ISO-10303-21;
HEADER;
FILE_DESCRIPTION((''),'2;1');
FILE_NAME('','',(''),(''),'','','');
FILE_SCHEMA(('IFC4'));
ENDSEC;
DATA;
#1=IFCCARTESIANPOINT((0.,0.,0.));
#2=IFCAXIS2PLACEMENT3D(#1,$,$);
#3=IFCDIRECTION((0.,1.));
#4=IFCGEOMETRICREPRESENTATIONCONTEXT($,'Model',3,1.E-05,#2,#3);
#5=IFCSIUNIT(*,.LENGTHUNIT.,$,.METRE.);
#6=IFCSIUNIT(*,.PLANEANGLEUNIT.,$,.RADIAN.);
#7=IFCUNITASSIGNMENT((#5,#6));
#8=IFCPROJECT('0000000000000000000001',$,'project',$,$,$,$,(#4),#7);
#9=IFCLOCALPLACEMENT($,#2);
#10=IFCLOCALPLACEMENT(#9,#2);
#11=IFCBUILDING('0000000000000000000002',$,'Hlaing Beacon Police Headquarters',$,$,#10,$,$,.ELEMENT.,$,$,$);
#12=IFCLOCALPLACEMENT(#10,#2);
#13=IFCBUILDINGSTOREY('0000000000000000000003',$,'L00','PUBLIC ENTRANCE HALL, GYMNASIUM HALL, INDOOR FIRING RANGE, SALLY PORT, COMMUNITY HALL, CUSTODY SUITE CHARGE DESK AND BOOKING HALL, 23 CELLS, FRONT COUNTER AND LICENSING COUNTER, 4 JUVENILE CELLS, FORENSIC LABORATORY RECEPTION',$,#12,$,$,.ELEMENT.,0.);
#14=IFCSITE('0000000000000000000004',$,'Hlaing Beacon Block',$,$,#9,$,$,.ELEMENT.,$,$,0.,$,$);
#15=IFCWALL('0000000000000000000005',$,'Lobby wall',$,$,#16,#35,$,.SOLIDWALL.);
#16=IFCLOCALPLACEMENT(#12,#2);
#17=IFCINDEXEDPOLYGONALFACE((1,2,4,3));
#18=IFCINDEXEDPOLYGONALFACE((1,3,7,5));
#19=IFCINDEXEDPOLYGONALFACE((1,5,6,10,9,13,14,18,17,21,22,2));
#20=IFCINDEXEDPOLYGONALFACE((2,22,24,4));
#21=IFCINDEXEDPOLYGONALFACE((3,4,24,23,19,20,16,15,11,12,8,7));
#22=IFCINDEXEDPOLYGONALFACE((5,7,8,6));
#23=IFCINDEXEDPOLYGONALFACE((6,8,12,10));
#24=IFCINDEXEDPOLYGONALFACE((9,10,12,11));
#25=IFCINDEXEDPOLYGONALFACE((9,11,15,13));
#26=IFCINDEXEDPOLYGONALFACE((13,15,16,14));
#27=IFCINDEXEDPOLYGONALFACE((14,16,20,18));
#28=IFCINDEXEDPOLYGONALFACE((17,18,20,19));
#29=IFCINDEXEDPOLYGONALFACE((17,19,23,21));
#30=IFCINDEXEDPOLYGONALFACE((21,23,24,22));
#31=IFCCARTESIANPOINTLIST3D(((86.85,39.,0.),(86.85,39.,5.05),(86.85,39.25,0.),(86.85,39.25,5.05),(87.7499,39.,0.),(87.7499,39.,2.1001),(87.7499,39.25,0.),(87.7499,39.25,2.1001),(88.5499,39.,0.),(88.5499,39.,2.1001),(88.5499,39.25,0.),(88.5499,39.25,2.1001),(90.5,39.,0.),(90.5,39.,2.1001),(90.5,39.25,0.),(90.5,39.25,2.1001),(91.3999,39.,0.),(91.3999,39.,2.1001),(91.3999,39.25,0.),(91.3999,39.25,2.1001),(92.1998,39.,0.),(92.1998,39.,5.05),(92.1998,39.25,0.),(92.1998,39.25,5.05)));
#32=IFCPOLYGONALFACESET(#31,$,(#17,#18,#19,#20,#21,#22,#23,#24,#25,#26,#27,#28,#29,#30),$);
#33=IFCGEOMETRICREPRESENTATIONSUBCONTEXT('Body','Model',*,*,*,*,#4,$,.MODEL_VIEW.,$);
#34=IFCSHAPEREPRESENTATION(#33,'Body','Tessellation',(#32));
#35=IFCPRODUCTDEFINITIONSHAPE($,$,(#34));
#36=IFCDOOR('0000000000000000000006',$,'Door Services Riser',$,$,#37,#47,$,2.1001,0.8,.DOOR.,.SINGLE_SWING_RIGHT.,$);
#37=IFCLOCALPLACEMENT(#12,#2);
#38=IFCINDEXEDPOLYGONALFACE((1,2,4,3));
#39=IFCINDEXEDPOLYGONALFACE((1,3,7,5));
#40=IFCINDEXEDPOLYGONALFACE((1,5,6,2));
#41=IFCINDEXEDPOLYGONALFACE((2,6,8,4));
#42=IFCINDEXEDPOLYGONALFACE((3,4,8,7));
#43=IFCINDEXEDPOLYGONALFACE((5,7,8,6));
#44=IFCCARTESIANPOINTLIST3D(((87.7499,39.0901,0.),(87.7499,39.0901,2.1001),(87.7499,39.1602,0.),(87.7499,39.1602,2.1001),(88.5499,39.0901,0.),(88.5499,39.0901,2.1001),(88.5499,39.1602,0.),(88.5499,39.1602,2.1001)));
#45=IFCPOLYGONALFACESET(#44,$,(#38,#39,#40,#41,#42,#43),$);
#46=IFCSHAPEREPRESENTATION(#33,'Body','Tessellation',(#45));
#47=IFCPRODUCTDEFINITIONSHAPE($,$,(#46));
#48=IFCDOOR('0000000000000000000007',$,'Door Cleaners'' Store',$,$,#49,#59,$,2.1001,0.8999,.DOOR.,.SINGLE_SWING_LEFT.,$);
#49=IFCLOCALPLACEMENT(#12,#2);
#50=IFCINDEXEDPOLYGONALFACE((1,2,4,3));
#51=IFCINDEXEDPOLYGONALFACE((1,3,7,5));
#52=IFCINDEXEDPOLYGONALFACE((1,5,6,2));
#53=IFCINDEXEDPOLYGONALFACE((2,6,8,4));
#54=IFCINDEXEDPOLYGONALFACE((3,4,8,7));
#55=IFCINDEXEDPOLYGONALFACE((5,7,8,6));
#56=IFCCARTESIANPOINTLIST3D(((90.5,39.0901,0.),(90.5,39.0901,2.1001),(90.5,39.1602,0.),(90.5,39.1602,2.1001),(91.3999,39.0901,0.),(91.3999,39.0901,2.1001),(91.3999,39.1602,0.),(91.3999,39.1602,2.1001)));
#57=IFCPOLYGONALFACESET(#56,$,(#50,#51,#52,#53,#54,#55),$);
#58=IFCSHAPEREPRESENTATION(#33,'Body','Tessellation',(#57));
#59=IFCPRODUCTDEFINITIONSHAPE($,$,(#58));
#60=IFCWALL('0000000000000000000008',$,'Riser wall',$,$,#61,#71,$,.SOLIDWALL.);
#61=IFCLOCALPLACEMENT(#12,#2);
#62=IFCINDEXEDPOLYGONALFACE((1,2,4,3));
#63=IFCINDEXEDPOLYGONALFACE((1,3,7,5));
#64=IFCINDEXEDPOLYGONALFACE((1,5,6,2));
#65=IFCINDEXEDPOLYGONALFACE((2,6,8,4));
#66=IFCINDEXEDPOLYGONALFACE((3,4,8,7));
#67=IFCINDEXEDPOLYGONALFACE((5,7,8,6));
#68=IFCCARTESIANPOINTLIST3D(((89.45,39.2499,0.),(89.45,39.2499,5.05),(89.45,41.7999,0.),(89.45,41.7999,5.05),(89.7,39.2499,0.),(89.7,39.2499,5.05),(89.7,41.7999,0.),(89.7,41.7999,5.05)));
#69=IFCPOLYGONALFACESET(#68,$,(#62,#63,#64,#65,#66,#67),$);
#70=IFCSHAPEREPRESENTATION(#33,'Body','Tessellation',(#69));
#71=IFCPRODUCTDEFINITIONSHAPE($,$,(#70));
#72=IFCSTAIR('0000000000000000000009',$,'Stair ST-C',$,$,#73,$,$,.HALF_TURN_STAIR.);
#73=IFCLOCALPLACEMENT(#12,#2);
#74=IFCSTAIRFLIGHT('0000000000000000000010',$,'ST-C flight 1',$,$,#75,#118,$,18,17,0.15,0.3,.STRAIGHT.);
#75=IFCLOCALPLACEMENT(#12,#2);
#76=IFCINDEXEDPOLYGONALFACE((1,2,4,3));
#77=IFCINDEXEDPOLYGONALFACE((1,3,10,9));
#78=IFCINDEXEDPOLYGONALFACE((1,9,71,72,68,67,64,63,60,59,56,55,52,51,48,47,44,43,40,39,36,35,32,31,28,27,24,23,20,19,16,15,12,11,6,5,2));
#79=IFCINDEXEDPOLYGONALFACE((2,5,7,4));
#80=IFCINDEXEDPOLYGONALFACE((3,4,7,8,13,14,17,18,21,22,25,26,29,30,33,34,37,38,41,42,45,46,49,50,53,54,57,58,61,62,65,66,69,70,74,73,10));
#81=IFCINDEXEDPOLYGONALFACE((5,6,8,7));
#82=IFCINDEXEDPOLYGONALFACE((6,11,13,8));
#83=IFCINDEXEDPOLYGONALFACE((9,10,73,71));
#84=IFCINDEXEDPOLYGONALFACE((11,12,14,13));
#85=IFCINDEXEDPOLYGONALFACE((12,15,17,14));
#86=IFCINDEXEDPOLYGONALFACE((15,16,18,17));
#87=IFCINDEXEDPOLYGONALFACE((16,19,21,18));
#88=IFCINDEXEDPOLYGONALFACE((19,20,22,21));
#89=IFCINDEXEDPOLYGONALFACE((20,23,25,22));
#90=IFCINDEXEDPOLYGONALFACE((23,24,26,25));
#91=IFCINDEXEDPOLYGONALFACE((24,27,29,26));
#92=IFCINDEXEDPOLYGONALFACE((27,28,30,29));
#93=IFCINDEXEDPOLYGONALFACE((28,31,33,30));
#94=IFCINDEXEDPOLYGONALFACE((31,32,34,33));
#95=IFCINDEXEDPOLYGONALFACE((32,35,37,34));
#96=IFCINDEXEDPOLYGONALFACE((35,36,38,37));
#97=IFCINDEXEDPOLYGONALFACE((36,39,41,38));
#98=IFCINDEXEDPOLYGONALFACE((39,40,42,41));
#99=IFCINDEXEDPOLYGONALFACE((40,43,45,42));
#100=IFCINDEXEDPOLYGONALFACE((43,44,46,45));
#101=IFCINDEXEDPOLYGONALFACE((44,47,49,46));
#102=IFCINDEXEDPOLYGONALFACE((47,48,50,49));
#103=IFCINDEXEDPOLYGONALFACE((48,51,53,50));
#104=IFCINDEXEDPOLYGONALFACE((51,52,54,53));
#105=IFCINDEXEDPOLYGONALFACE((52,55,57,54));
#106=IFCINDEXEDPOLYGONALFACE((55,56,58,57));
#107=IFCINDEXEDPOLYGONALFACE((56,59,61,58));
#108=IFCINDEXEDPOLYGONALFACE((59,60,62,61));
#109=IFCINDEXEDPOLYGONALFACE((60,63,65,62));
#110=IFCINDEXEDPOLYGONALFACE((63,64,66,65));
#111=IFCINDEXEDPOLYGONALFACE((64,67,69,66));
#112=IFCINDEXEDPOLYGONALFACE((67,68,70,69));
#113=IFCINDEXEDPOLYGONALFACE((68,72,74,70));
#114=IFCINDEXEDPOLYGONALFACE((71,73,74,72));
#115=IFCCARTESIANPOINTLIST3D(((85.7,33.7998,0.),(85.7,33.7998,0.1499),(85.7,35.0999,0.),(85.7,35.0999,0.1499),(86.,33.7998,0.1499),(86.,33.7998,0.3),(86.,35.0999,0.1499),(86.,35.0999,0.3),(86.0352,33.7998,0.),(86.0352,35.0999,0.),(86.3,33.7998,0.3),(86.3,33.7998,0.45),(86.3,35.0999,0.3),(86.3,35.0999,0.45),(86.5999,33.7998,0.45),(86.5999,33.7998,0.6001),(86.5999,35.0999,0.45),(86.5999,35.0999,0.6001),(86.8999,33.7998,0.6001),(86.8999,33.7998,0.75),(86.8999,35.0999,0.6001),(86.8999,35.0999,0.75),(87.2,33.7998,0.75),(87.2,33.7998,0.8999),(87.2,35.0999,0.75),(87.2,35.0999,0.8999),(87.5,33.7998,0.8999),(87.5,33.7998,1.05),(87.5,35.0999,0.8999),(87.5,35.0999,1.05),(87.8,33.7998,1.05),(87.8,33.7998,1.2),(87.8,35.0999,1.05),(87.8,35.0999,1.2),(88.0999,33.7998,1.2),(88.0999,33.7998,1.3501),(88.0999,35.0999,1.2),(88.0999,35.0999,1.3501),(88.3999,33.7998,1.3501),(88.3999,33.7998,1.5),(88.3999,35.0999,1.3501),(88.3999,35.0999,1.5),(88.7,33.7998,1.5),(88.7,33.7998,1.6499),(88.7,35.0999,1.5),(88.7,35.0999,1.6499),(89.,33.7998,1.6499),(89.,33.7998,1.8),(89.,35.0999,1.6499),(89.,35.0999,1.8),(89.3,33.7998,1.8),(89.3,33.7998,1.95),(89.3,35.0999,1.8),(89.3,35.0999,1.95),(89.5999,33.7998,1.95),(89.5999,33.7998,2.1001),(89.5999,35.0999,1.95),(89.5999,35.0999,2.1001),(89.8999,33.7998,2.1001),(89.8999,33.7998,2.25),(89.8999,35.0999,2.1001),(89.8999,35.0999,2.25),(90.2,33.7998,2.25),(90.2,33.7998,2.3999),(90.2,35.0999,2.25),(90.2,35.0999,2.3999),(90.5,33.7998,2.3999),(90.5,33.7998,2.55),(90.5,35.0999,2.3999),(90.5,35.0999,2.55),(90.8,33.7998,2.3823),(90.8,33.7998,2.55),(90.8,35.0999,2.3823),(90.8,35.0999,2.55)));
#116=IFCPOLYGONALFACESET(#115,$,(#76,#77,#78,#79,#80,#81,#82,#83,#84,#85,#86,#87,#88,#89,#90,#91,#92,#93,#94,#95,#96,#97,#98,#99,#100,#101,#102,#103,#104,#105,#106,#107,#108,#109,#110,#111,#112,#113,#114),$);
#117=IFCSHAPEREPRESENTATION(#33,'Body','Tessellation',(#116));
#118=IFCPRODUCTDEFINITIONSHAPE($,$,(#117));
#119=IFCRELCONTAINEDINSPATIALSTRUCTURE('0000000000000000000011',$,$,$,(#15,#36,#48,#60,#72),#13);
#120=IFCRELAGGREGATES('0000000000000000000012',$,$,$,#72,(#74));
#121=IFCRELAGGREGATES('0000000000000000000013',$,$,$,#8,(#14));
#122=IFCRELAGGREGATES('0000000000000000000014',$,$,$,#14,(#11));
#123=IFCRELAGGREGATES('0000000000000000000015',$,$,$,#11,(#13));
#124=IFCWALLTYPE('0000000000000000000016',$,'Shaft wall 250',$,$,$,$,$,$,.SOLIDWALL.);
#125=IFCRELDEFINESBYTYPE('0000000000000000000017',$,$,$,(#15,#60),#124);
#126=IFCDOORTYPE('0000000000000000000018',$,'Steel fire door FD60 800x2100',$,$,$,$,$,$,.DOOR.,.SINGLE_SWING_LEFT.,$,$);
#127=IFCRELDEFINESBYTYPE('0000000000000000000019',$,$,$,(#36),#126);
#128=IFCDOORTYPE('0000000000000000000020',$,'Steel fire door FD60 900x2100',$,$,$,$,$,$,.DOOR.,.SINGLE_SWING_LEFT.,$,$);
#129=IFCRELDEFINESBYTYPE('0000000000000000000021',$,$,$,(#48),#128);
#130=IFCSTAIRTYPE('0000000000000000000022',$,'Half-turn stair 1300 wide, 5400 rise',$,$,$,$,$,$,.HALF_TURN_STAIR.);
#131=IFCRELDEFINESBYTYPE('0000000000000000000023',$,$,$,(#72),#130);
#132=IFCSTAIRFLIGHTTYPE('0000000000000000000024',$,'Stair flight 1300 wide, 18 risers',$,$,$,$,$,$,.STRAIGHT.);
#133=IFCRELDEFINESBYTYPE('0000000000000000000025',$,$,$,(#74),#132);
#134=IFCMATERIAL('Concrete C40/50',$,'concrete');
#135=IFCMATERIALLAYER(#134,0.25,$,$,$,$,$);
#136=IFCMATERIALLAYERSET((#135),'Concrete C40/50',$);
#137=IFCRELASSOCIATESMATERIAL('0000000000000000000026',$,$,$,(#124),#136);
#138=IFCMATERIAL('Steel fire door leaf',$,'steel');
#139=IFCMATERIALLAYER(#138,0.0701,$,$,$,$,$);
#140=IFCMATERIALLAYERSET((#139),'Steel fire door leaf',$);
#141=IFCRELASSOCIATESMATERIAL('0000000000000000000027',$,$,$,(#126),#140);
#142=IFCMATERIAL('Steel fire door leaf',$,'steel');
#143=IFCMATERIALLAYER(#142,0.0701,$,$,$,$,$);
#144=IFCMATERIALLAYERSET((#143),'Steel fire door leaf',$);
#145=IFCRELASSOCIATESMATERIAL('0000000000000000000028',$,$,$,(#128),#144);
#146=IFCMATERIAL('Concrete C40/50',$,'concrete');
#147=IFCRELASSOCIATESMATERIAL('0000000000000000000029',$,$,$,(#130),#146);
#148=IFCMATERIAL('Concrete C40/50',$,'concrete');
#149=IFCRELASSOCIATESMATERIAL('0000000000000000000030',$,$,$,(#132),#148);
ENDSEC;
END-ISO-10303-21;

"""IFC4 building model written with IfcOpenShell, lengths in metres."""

from ifc_helpers import new_model, si_unit, direction, frame, frame_2d, origin, place, context, subcontext, project, spatial, polyline, rectangle, outline, extrude, material, layer, layer_set, type_object, element, fill, aggregate, save


model = new_model("IFC4")

# Units and contexts
model_context = context("Model", 3, precision=1e-05, world=origin(), true_north=direction((0.0, 1.0)))
body_context = subcontext(model_context, "Body", "Model", "MODEL_VIEW")
ifc_project = project(units=[si_unit("LENGTHUNIT", "METRE"), si_unit("PLANEANGLEUNIT", "RADIAN")], contexts=[model_context])

# Site, building, storey
site_placement = place(None, origin())
site = spatial("IfcSite", under=ifc_project, at=site_placement, Name="Hlaing Beacon Block", CompositionType="ELEMENT", RefElevation=0.0)
building_placement = place(site_placement, origin())
building = spatial("IfcBuilding", under=site, at=building_placement, Name="Hlaing Beacon Police Headquarters", CompositionType="ELEMENT")
storey_placement = place(building_placement, origin())
storey = spatial("IfcBuildingStorey", under=building, at=storey_placement, Name="L00", Description="PUBLIC ENTRANCE HALL, GYMNASIUM HALL, INDOOR FIRING RANGE, SALLY PORT, COMMUNITY HALL, CUSTODY SUITE CHARGE DESK AND BOOKING HALL, 23 CELLS, FRONT COUNTER AND LICENSING COUNTER, 4 JUVENILE CELLS, FORENSIC LABORATORY RECEPTION", CompositionType="ELEMENT", Elevation=0.0)

# Shared definitions
ifc_material_1 = material(Name="Concrete C40/50", Category="concrete")
ifc_layer_1 = layer(ifc_material_1, 0.25)
ifc_layer_set_1 = layer_set([ifc_layer_1], Name="Concrete C40/50")
wall_type_1 = type_object("IfcWallType", Name="Shaft wall 250", PredefinedType="SOLIDWALL", material=ifc_layer_set_1)

# Wall, openings, doors
wall_1_placement = place(storey_placement, frame((86.8501, 39.125, 0.0), z_axis=(0.0, 0.0, 1.0), x_axis=(1.0, 0.0, 0.0)))
wall_1 = element("IfcWall", 1, at=wall_1_placement, inside=storey, type_object=wall_type_1, Name="Lobby wall", PredefinedType="SOLIDWALL", context=body_context, shape_type="SweptSolid", body=[
    extrude(rectangle(XDim=5.3499, YDim=0.25, at=frame_2d((2.6748, 0.0))), origin(), (0.0, 0.0, 1.0), 5.05),
])
opening_1_placement = place(wall_1_placement, frame((3.6499, 0.0, 0.0)))
opening_1 = element("IfcOpeningElement", 2, at=opening_1_placement, cuts=wall_1, PredefinedType="OPENING", context=body_context, shape_type="SweptSolid", body=[
    extrude(rectangle(XDim=0.8999, YDim=2.1001, at=frame_2d((0.45, 1.05))), frame((0.0, 0.135, 0.0), z_axis=(0.0, -1.0, 0.0), x_axis=(1.0, 0.0, 0.0)), (0.0, 0.0, 1.0), 0.27),
])
opening_2_placement = place(wall_1_placement, frame((0.8999, 0.0, 0.0)))
opening_2 = element("IfcOpeningElement", 3, at=opening_2_placement, cuts=wall_1, PredefinedType="OPENING", context=body_context, shape_type="SweptSolid", body=[
    extrude(rectangle(XDim=0.8, YDim=2.1001, at=frame_2d((0.3999, 1.05))), frame((0.0, 0.135, 0.0), z_axis=(0.0, -1.0, 0.0), x_axis=(1.0, 0.0, 0.0)), (0.0, 0.0, 1.0), 0.27),
])
ifc_material_2 = material(Name="Steel fire door leaf", Category="steel")
ifc_layer_2 = layer(ifc_material_2, 0.0701)
ifc_layer_set_2 = layer_set([ifc_layer_2], Name="Steel fire door leaf")
door_type_1 = type_object("IfcDoorType", Name="Steel fire door FD60 800x2100", OperationType="SINGLE_SWING_LEFT", PredefinedType="DOOR", material=ifc_layer_set_2)
door_1_placement = place(opening_2_placement, origin())
door_1 = element("IfcDoor", 4, at=door_1_placement, inside=storey, type_object=door_type_1, Name="Door Services Riser", OperationType="SINGLE_SWING_RIGHT", OverallHeight=2.1001, OverallWidth=0.8, PredefinedType="DOOR", context=body_context, shape_type="SweptSolid", body=[
    extrude(rectangle(XDim=0.8, YDim=2.1001, at=frame_2d((0.3999, 1.05))), frame((0.0, 0.0352, 0.0), z_axis=(0.0, -1.0, 0.0), x_axis=(1.0, 0.0, 0.0)), (0.0, 0.0, 1.0), 0.0701),
])
fill(opening_2, door_1)
ifc_material_3 = material(Name="Steel fire door leaf", Category="steel")
ifc_layer_3 = layer(ifc_material_3, 0.0701)
ifc_layer_set_3 = layer_set([ifc_layer_3], Name="Steel fire door leaf")
door_type_2 = type_object("IfcDoorType", Name="Steel fire door FD60 900x2100", OperationType="SINGLE_SWING_LEFT", PredefinedType="DOOR", material=ifc_layer_set_3)
door_2_placement = place(opening_1_placement, origin())
door_2 = element("IfcDoor", 5, at=door_2_placement, inside=storey, type_object=door_type_2, Name="Door Cleaners' Store", OperationType="SINGLE_SWING_LEFT", OverallHeight=2.1001, OverallWidth=0.8999, PredefinedType="DOOR", context=body_context, shape_type="SweptSolid", body=[
    extrude(rectangle(XDim=0.8999, YDim=2.1001, at=frame_2d((0.45, 1.05))), frame((0.0, 0.0352, 0.0), z_axis=(0.0, -1.0, 0.0), x_axis=(1.0, 0.0, 0.0)), (0.0, 0.0, 1.0), 0.0701),
])
fill(opening_1, door_2)

# Wall
wall_2_placement = place(storey_placement, frame((89.575, 39.25, 0.0), z_axis=(0.0, 0.0, 1.0), x_axis=(0.0, 1.0, 0.0)))
element("IfcWall", 6, at=wall_2_placement, inside=storey, type_object=wall_type_1, Name="Riser wall", PredefinedType="SOLIDWALL", context=body_context, shape_type="SweptSolid", body=[
    extrude(rectangle(XDim=2.55, YDim=0.25, at=frame_2d((1.2749, 0.0))), origin(), (0.0, 0.0, 1.0), 5.05),
])

# Stair, stair flight
ifc_material_4 = material(Name="Concrete C40/50", Category="concrete")
stair_type = type_object("IfcStairType", Name="Half-turn stair 1300 wide, 5400 rise", PredefinedType="HALF_TURN_STAIR", material=ifc_material_4)
stair_placement = place(storey_placement, origin())
stair = element("IfcStair", 7, at=stair_placement, inside=storey, type_object=stair_type, Name="Stair ST-C", PredefinedType="HALF_TURN_STAIR")
ifc_material_5 = material(Name="Concrete C40/50", Category="concrete")
stair_flight_type = type_object("IfcStairFlightType", Name="Stair flight 1300 wide, 18 risers", PredefinedType="STRAIGHT", material=ifc_material_5)
stair_flight_placement = place(storey_placement, frame((85.7, 34.45, 0.0), z_axis=(0.0, 0.0, 1.0), x_axis=(1.0, 0.0, 0.0)))
stair_flight = element("IfcStairFlight", 8, at=stair_flight_placement, type_object=stair_flight_type, Name="ST-C flight 1", NumberOfRisers=18, NumberOfTreads=17, PredefinedType="STRAIGHT", RiserHeight=0.15, TreadLength=0.3, context=body_context, shape_type="SweptSolid", body=[
    extrude(outline(polyline([(0.0, 0.0), (0.0, 0.1499), (0.3, 0.1499), (0.3, 0.3), (0.6001, 0.3), (0.6001, 0.45), (0.8999, 0.45), (0.8999, 0.6001), (1.2, 0.6001), (1.2, 0.75), (1.5, 0.75), (1.5, 0.8999), (1.8, 0.8999), (1.8, 1.05), (2.1001, 1.05), (2.1001, 1.2), (2.3999, 1.2), (2.3999, 1.3501), (2.7, 1.3501), (2.7, 1.5), (3.0, 1.5), (3.0, 1.6499), (3.3, 1.6499), (3.3, 1.8), (3.6001, 1.8), (3.6001, 1.95), (3.8999, 1.95), (3.8999, 2.1001), (4.2, 2.1001), (4.2, 2.25), (4.5, 2.25), (4.5, 2.3999), (4.8, 2.3999), (4.8, 2.55), (5.1001, 2.55), (5.1001, 2.7), (5.1001, 2.3823), (0.3352, 0.0), (0.0, 0.0)])), frame((0.0, 0.6499, 0.0), z_axis=(0.0, -1.0, 0.0), x_axis=(1.0, 0.0, 0.0)), (0.0, 0.0, 1.0), 1.3),
])
aggregate(stair, [stair_flight])

save(model, "model.ifc")
